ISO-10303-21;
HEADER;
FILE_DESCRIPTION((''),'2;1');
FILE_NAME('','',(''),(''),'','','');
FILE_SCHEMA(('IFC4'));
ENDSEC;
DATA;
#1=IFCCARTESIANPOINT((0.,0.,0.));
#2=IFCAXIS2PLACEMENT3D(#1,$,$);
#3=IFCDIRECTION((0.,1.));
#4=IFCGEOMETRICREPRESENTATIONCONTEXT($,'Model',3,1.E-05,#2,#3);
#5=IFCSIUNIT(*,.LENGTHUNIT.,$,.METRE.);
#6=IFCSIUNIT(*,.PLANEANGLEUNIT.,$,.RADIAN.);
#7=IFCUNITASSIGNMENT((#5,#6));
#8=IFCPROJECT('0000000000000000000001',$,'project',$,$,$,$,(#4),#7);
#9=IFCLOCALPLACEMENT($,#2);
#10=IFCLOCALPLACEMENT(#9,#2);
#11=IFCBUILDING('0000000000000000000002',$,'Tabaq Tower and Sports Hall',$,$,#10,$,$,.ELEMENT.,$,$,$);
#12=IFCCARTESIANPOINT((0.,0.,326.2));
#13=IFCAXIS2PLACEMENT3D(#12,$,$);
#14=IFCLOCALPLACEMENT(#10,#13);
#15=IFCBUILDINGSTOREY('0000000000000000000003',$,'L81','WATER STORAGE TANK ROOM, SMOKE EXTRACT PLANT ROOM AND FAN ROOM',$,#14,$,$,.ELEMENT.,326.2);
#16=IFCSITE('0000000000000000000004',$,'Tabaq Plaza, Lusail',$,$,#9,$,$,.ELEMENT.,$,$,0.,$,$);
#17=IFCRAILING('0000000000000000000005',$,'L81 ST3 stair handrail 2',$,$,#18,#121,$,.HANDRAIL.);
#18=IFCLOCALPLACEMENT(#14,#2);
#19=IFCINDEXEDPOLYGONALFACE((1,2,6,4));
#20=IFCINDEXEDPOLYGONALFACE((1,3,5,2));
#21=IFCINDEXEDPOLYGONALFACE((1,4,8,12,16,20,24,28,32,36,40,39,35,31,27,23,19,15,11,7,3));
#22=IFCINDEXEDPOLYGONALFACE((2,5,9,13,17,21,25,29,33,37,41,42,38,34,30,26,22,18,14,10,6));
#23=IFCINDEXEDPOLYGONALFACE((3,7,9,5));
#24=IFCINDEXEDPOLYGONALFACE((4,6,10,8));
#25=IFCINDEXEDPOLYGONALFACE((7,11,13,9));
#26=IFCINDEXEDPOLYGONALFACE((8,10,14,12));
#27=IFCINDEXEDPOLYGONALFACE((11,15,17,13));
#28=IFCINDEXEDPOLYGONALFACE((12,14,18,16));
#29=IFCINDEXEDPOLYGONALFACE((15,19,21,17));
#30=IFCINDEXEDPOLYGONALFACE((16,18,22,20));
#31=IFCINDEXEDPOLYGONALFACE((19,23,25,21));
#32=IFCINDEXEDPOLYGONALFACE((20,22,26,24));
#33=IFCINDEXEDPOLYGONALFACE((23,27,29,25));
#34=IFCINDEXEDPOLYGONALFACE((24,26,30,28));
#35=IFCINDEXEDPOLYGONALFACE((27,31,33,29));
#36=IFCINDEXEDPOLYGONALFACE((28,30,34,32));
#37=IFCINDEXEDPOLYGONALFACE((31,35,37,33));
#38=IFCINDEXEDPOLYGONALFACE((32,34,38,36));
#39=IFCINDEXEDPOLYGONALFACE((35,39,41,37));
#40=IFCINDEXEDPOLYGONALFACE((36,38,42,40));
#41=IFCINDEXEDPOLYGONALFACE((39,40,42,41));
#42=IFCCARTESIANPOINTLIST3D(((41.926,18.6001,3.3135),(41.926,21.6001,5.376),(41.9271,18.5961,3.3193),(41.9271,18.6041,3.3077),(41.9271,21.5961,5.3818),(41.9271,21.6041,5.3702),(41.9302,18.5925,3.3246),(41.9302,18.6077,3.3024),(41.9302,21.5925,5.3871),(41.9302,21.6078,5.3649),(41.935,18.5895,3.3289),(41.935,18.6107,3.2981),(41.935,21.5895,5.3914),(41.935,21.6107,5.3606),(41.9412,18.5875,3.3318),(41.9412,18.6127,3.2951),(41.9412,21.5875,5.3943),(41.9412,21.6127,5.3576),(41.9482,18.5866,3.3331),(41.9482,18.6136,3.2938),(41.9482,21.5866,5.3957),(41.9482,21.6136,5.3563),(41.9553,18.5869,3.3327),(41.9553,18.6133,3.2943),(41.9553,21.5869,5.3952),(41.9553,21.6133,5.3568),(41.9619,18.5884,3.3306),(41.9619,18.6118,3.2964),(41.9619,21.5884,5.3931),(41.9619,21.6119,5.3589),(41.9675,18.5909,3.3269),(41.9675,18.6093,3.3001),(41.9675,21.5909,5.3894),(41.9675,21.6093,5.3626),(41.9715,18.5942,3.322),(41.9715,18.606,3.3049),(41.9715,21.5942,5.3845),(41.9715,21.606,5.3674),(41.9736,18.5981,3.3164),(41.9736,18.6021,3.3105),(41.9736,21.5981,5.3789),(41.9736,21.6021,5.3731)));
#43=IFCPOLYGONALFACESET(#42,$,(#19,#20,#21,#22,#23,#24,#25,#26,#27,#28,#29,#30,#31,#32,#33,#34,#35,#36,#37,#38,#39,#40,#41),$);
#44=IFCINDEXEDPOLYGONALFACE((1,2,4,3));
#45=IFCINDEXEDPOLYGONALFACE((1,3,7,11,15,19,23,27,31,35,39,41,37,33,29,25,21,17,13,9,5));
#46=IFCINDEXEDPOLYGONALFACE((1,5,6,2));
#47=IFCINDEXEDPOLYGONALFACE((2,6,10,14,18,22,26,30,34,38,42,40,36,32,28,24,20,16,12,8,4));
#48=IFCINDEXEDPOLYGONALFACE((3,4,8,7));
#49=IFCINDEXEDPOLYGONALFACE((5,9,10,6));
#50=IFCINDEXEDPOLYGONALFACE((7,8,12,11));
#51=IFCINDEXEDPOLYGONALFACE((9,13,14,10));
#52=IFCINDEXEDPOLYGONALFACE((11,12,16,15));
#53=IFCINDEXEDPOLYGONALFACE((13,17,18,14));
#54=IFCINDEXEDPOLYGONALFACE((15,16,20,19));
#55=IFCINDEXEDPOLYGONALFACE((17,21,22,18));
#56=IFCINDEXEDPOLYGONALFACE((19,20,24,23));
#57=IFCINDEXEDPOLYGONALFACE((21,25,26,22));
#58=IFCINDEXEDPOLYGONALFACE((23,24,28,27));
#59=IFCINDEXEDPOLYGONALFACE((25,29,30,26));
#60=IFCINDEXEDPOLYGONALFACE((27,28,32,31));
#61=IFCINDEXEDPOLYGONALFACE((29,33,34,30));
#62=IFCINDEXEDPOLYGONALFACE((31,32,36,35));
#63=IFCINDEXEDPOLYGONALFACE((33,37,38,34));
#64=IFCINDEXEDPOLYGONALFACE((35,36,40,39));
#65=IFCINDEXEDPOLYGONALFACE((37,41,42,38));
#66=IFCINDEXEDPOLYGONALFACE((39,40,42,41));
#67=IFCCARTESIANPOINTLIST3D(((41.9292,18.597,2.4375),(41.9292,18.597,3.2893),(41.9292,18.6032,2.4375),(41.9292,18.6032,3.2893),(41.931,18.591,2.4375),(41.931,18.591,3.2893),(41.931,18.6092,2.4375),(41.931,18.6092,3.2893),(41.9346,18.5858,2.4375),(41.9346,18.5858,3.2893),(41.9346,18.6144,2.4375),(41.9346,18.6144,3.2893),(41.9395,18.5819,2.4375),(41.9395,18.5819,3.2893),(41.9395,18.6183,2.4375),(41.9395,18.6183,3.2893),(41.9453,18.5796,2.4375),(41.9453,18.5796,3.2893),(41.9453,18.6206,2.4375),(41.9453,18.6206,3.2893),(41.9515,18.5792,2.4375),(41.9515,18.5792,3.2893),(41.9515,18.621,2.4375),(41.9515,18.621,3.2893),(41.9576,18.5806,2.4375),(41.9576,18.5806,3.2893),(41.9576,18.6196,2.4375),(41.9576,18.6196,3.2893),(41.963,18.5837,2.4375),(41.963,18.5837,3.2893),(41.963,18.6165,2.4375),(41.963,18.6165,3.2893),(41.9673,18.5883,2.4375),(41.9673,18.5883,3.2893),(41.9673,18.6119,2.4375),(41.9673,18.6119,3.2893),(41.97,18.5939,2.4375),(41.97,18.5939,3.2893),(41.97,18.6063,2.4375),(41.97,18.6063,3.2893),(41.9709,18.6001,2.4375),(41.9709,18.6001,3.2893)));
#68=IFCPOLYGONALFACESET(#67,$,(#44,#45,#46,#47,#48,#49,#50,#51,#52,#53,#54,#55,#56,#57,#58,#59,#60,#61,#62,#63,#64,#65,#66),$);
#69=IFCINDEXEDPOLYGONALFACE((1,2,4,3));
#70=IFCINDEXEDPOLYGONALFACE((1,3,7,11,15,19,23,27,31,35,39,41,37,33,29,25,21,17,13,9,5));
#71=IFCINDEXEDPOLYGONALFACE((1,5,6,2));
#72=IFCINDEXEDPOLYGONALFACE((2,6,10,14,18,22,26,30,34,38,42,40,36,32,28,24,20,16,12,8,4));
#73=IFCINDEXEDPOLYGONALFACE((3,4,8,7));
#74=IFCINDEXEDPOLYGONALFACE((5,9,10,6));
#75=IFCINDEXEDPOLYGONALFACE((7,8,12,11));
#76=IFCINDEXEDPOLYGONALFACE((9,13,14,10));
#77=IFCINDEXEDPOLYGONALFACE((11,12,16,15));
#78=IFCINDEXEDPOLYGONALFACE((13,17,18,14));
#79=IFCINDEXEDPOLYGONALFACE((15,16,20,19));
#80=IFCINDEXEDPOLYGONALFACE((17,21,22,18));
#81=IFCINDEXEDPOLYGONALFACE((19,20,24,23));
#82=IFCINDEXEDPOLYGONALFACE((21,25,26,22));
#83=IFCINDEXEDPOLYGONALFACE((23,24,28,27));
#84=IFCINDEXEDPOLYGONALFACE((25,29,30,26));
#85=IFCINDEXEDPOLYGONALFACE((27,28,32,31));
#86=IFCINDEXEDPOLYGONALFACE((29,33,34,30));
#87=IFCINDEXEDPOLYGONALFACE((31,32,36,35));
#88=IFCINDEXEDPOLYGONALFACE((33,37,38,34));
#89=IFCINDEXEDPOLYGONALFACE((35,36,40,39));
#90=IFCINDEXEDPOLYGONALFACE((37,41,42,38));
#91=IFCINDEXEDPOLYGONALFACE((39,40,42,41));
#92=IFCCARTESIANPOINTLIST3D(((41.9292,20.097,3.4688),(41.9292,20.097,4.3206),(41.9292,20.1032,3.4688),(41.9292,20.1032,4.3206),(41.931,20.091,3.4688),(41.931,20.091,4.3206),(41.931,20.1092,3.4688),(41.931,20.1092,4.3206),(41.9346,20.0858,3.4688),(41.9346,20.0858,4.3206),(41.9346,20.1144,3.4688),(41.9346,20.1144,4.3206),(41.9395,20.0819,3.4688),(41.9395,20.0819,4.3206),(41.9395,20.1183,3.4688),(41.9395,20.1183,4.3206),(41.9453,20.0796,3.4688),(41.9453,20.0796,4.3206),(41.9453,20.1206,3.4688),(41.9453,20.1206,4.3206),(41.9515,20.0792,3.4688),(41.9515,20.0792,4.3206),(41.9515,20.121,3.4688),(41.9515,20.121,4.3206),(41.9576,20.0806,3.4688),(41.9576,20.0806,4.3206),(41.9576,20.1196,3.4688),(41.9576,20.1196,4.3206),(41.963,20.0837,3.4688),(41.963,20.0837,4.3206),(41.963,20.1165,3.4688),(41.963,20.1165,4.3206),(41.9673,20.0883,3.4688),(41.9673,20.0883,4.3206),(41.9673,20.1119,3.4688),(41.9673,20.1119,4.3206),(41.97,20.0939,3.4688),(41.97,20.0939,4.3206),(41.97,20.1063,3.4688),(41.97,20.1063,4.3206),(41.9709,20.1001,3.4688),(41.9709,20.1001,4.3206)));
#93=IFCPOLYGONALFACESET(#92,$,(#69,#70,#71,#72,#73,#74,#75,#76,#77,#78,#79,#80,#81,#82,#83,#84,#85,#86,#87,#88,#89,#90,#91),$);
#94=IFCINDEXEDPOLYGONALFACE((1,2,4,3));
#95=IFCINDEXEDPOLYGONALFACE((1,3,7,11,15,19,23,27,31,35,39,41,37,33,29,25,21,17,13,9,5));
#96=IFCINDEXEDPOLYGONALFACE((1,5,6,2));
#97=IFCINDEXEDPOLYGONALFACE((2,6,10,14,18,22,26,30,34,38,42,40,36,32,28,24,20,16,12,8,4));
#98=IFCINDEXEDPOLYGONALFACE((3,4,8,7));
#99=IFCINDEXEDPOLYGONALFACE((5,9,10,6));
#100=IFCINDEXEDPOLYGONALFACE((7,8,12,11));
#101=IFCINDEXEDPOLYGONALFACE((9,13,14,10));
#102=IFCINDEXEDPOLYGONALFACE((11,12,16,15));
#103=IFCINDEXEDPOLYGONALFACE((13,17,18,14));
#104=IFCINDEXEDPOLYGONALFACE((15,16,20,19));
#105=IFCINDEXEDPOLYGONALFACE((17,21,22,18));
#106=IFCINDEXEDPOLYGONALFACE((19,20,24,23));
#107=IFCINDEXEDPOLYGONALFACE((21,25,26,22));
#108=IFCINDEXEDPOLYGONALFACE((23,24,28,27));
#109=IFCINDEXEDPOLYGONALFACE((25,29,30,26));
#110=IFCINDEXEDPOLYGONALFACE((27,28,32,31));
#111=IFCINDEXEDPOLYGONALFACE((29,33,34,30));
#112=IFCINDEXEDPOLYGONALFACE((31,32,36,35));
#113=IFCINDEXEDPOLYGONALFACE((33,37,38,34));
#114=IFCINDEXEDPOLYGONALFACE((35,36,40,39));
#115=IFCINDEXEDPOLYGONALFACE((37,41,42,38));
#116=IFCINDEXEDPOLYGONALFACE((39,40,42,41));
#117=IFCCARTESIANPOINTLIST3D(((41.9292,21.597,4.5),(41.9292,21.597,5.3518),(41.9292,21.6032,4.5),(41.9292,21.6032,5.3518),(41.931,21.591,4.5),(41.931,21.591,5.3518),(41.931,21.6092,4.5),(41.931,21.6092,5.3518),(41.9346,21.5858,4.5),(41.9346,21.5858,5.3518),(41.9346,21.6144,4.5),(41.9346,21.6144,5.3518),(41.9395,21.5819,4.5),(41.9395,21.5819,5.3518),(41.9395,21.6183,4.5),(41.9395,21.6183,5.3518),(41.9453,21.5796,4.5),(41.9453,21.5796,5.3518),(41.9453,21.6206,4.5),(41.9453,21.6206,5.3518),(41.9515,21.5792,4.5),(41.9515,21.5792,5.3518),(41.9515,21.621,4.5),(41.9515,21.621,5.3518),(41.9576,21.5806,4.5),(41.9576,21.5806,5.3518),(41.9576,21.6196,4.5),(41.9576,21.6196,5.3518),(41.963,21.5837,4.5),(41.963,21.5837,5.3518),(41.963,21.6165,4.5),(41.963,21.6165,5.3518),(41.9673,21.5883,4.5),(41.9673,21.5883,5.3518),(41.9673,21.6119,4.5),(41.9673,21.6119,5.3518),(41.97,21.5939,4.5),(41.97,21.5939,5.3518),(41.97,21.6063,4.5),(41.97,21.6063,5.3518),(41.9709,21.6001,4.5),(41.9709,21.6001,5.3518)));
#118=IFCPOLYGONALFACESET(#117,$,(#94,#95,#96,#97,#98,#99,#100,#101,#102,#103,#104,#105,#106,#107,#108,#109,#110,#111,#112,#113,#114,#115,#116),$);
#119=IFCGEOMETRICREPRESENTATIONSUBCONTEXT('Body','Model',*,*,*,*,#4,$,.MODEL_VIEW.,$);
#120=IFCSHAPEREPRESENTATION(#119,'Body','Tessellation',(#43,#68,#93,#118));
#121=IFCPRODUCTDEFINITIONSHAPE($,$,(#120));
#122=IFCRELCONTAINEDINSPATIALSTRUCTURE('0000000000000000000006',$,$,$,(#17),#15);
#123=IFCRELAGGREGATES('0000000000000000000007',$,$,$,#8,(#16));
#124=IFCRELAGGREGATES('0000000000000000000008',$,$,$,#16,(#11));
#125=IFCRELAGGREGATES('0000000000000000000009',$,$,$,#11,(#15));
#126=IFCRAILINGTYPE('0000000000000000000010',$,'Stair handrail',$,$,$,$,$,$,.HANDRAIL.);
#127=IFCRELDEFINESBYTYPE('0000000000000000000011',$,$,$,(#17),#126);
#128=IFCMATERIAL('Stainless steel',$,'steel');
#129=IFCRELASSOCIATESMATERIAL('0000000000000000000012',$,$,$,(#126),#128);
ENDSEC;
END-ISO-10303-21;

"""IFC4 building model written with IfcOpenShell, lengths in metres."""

from ifc_helpers import new_model, si_unit, direction, frame, origin, origin_2d, place, context, subcontext, project, spatial, circle, extrude, material, type_object, element, save


model = new_model("IFC4")

# Units and contexts
model_context = context("Model", 3, precision=1e-05, world=origin(), true_north=direction((0.0, 1.0)))
body_context = subcontext(model_context, "Body", "Model", "MODEL_VIEW")
ifc_project = project(units=[si_unit("LENGTHUNIT", "METRE"), si_unit("PLANEANGLEUNIT", "RADIAN")], contexts=[model_context])

# Site, building, storey
site_placement = place(None, origin())
site = spatial("IfcSite", under=ifc_project, at=site_placement, Name="Tabaq Plaza, Lusail", CompositionType="ELEMENT", RefElevation=0.0)
building_placement = place(site_placement, origin())
building = spatial("IfcBuilding", under=site, at=building_placement, Name="Tabaq Tower and Sports Hall", CompositionType="ELEMENT")
storey_placement = place(building_placement, frame((0.0, 0.0, 326.2)))
storey = spatial("IfcBuildingStorey", under=building, at=storey_placement, Name="L81", Description="WATER STORAGE TANK ROOM, SMOKE EXTRACT PLANT ROOM AND FAN ROOM", CompositionType="ELEMENT", Elevation=326.2)

# Railing
ifc_material_1 = material(Name="Stainless steel", Category="steel")
railing_type_1 = type_object("IfcRailingType", Name="Stair handrail", PredefinedType="HANDRAIL", material=ifc_material_1)
railing_1_placement = place(storey_placement, frame((41.95, 18.6001, 2.4375)))
element("IfcRailing", 1, at=railing_1_placement, inside=storey, type_object=railing_type_1, Name="L81 ST3 stair handrail 2", PredefinedType="HANDRAIL", context=body_context, shape_type="SweptSolid", body=[
    extrude(circle(Radius=0.0239, at=origin_2d()), frame((0.0, 0.0, 0.876), z_axis=(0.0, 0.824042, 0.566529), x_axis=(-1.0, 0.0, 0.0)), (0.0, 0.0, 1.0), 3.6406),
    extrude(circle(Radius=0.021, at=origin_2d()), origin(), (0.0, 0.0, 1.0), 0.8518),
    extrude(circle(Radius=0.021, at=origin_2d()), frame((0.0, 1.5, 1.0312)), (0.0, 0.0, 1.0), 0.8518),
    extrude(circle(Radius=0.021, at=origin_2d()), frame((0.0, 3.0, 2.0625)), (0.0, 0.0, 1.0), 0.8518),
])

save(model, "model.ifc")
